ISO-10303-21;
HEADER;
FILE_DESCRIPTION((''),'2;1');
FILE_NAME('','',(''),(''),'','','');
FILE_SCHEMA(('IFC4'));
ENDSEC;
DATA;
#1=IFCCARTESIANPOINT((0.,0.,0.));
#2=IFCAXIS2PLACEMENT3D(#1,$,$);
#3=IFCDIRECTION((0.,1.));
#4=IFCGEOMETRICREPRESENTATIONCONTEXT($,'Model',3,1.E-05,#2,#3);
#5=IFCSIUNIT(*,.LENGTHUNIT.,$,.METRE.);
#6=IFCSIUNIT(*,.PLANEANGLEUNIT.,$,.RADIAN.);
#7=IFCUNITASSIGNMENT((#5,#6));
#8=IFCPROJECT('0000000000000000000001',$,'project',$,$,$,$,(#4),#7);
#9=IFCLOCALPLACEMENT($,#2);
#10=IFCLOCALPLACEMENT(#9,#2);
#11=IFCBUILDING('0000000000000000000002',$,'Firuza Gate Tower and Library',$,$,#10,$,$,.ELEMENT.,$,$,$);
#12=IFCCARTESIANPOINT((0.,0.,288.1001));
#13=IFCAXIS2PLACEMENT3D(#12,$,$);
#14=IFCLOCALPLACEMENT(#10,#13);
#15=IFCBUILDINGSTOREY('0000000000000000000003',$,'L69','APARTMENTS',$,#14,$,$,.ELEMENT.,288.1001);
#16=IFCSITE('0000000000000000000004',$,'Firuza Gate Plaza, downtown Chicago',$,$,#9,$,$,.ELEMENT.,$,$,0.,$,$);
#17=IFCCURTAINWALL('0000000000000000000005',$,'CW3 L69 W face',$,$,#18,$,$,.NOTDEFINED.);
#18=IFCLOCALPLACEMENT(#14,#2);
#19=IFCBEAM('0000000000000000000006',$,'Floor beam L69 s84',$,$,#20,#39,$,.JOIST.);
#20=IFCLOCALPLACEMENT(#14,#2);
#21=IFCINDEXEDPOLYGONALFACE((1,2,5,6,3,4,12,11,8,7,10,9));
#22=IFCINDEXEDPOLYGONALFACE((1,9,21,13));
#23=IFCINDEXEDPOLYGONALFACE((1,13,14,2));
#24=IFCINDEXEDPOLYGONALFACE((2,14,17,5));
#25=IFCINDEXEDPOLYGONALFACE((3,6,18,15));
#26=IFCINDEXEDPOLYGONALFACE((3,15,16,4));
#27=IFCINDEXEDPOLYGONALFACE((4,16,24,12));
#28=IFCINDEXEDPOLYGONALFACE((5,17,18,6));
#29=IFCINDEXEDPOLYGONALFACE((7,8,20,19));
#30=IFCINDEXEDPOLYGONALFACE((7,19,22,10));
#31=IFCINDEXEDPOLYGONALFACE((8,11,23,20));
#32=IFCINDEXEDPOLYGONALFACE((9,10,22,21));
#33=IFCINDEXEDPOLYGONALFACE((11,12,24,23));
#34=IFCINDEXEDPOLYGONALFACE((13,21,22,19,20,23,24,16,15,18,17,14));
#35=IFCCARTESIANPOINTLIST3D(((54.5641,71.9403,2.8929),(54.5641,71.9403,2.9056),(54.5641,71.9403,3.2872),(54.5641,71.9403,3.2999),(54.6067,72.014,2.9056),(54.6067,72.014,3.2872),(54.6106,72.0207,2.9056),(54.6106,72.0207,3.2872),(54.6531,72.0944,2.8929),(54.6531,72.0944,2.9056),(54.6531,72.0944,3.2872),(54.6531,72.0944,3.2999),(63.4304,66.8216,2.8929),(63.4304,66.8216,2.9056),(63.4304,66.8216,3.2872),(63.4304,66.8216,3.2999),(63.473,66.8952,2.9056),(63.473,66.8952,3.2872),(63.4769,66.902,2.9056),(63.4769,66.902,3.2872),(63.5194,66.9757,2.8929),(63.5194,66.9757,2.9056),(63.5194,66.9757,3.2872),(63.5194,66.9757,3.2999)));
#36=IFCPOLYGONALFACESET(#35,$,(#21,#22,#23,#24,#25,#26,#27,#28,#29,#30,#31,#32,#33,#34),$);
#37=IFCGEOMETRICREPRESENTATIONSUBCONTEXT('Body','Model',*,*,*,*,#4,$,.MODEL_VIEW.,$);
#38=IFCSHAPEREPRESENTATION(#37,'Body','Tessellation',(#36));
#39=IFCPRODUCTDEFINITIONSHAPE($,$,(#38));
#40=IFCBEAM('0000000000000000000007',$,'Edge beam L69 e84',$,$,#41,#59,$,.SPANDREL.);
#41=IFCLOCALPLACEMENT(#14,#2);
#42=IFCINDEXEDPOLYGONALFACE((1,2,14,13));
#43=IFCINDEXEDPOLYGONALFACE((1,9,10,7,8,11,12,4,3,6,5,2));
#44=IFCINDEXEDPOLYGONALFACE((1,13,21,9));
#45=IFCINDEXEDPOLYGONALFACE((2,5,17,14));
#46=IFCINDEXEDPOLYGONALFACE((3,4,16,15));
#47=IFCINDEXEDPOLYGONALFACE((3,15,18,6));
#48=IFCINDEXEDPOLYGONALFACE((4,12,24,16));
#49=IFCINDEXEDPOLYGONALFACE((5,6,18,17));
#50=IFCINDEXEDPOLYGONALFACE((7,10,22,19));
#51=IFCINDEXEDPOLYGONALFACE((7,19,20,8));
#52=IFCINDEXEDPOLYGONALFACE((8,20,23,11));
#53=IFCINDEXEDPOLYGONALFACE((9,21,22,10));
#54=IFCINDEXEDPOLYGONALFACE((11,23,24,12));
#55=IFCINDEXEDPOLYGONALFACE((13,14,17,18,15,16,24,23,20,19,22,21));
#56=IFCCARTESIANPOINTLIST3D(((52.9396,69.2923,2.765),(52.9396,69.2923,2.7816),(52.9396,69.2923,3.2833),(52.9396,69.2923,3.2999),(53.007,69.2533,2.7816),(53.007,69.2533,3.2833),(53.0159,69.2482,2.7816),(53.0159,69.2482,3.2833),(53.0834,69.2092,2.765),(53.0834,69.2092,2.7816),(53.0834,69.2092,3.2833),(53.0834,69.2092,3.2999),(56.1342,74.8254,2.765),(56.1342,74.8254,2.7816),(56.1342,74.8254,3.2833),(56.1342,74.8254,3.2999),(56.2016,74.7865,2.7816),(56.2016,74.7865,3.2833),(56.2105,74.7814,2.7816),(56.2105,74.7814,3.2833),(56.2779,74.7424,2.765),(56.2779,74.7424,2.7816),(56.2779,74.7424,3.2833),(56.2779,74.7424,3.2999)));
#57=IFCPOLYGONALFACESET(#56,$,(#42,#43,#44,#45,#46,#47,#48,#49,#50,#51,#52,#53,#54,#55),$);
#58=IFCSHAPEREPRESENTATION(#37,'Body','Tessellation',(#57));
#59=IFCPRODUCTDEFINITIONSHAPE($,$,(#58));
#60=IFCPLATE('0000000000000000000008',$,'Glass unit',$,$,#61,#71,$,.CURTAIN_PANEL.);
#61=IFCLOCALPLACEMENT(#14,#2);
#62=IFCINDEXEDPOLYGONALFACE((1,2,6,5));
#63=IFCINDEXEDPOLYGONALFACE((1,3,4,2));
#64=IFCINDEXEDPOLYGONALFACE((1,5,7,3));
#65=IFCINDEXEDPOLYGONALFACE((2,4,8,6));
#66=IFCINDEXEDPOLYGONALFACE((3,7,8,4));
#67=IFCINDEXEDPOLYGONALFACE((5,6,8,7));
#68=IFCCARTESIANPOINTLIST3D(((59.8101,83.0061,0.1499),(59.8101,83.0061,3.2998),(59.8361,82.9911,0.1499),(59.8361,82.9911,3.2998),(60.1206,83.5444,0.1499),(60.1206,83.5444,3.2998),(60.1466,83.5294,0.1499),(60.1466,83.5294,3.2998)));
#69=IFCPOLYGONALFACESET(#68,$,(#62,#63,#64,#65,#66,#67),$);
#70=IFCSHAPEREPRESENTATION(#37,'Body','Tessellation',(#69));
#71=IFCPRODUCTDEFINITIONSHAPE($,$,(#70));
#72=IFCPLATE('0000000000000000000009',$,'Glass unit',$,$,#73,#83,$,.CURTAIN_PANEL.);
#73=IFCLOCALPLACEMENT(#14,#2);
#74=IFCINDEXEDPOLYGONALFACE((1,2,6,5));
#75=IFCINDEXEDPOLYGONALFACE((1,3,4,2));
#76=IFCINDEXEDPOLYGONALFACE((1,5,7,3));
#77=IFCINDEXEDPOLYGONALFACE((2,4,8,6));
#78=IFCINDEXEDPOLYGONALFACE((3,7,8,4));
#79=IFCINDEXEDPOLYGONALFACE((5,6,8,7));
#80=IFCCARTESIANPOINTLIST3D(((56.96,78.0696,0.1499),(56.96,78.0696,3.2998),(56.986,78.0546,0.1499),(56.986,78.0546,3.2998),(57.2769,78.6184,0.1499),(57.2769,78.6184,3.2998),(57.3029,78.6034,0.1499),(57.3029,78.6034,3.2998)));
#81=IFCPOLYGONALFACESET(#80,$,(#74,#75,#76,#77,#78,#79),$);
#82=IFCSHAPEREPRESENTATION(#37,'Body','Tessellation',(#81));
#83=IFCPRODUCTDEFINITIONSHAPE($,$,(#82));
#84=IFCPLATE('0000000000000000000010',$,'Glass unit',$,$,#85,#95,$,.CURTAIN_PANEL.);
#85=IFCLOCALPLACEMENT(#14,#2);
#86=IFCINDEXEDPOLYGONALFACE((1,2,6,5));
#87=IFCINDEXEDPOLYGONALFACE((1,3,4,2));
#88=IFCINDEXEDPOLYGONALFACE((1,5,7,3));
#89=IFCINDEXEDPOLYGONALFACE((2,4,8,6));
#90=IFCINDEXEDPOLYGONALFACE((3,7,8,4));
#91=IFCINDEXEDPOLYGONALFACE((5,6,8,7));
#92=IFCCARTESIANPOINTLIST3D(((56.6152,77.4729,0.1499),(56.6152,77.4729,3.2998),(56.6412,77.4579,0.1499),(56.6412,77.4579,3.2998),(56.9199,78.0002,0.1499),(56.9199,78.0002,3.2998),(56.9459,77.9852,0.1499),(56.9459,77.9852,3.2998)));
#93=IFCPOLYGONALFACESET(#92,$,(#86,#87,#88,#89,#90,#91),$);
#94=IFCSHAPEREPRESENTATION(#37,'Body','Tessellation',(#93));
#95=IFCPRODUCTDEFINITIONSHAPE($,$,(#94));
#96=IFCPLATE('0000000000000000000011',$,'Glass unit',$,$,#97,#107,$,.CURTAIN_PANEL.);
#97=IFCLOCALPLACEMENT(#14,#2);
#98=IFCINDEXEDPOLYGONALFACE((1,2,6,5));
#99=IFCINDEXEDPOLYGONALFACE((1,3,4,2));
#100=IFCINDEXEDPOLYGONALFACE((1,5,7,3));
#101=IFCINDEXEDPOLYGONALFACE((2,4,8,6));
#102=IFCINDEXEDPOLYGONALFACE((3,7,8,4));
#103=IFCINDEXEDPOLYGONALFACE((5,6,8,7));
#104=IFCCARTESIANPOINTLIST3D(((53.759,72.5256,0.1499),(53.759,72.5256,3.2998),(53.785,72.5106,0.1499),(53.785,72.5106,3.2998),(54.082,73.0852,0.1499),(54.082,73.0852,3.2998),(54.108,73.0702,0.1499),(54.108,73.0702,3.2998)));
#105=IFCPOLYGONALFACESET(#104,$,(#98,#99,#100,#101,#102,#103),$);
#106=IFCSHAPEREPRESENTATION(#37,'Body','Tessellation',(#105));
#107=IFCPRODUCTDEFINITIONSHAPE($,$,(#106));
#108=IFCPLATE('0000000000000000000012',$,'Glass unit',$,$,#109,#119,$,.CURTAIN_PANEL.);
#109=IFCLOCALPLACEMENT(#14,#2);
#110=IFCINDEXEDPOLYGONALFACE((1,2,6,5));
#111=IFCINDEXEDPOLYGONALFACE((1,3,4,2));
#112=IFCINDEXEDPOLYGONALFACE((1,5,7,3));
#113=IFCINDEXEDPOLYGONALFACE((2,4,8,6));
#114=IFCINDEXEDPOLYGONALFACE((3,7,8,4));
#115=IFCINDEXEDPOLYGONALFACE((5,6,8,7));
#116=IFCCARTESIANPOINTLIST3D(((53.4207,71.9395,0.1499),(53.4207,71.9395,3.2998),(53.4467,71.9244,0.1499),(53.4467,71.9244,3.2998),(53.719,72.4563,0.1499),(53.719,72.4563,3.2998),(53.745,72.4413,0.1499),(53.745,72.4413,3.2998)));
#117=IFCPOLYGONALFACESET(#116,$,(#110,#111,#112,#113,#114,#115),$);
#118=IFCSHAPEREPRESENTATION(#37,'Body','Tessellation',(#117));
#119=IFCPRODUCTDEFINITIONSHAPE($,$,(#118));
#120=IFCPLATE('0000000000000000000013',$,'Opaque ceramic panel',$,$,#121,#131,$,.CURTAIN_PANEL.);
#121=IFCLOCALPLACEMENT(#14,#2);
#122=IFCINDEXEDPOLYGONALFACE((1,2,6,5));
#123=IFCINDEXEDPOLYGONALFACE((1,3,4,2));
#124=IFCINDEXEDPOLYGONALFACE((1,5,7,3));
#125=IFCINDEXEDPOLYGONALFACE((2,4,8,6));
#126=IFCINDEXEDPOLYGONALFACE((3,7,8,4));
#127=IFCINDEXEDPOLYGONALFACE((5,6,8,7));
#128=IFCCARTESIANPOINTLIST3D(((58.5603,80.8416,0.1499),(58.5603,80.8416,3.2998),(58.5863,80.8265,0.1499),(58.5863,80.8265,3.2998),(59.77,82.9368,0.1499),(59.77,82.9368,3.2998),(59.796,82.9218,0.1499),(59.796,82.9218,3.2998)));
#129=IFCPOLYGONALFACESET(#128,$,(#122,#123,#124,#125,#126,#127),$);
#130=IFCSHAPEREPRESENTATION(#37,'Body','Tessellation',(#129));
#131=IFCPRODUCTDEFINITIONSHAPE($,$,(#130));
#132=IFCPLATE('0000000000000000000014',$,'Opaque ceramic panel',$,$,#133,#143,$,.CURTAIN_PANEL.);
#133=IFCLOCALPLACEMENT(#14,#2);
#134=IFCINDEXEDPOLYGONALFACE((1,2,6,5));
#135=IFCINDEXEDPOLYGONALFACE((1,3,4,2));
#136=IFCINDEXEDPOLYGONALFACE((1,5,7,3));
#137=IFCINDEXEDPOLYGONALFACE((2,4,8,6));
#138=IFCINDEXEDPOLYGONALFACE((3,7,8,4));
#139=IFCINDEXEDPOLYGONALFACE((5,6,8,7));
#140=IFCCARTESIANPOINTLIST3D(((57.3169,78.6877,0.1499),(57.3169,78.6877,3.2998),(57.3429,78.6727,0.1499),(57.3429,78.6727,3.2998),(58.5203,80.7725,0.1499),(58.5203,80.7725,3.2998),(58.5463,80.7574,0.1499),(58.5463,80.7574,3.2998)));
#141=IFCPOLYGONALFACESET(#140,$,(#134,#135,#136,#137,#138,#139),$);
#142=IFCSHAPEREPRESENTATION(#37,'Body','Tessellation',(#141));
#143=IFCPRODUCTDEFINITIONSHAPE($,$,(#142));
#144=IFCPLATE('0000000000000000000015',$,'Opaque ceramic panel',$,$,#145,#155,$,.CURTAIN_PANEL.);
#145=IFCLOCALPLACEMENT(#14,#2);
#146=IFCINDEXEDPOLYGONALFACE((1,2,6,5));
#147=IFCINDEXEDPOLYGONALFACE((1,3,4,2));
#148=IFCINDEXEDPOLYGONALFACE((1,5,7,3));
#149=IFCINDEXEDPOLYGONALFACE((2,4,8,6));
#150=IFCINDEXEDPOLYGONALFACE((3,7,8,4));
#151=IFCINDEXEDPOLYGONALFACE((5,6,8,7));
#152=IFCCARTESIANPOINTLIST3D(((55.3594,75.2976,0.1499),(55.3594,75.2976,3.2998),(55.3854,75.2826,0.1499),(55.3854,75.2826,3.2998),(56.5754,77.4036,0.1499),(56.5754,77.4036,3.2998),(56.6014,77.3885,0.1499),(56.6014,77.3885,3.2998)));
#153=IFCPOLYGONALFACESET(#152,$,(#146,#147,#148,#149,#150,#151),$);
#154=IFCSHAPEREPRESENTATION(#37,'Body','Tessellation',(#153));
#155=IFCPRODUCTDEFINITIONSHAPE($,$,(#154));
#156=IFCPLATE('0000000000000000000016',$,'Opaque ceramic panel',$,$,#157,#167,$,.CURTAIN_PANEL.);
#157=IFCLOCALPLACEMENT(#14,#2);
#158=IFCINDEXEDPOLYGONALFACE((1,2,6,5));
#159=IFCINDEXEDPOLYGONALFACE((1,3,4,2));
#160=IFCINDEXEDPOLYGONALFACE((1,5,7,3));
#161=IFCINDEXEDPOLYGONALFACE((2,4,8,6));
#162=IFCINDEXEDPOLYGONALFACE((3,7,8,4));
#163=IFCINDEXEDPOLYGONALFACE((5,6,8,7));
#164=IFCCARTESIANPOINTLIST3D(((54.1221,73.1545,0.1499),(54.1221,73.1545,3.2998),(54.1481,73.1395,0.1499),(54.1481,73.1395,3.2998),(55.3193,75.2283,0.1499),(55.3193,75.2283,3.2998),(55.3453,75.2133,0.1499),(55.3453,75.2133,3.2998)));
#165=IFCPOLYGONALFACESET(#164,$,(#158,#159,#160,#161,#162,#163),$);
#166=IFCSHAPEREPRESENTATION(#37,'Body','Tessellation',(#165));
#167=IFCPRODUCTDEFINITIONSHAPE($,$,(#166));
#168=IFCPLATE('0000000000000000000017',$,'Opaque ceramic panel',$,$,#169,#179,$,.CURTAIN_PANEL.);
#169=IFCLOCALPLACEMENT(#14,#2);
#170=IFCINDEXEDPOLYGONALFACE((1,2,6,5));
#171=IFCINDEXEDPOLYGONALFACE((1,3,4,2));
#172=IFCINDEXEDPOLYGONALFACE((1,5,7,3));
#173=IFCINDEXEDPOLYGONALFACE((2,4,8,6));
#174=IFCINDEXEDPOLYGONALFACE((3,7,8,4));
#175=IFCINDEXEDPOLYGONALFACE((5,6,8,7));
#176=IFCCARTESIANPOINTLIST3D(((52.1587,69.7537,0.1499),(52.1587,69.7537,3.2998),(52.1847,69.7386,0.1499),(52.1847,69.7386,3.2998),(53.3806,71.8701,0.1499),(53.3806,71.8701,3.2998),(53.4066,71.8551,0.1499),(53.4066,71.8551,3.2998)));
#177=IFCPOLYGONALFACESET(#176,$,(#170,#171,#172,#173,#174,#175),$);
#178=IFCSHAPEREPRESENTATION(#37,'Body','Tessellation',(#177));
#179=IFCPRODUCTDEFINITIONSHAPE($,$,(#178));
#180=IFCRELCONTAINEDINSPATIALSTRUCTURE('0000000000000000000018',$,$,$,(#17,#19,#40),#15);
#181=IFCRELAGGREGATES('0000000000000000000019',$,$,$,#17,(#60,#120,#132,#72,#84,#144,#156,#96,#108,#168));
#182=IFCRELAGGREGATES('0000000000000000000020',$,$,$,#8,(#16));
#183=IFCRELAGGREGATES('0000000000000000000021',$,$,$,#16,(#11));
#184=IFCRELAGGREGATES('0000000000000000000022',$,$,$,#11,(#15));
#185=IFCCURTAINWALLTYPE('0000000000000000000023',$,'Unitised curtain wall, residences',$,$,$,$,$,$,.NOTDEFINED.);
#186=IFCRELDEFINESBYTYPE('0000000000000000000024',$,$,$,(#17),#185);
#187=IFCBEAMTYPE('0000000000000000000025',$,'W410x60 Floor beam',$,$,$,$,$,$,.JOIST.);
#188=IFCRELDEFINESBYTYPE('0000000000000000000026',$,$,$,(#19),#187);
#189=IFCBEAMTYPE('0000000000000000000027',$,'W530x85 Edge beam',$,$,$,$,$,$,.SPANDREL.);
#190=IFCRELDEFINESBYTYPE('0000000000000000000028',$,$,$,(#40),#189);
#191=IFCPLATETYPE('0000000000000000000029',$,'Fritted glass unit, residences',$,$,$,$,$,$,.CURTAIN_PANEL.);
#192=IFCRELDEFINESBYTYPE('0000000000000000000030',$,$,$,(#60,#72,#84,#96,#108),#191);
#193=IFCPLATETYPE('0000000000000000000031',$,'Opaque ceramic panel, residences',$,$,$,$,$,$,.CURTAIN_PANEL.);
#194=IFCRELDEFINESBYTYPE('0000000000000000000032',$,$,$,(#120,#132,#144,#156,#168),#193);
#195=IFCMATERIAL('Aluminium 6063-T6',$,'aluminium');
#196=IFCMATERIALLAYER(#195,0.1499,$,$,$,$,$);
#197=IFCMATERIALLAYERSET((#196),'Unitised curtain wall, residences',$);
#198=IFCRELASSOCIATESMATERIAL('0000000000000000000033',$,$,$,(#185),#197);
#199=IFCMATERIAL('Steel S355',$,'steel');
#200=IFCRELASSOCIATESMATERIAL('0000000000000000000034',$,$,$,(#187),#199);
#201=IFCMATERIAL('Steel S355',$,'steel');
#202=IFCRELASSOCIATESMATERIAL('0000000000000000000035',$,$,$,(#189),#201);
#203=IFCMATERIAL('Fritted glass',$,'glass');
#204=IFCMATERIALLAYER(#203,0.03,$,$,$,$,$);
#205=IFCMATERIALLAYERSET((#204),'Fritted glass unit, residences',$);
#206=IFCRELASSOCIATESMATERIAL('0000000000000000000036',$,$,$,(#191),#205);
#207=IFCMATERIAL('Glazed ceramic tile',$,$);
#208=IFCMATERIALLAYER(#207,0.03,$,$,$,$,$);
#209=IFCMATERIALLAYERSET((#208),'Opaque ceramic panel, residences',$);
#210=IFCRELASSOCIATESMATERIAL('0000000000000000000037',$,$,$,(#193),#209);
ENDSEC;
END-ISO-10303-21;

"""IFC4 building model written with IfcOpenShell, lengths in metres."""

from ifc_helpers import new_model, si_unit, direction, frame, origin, origin_2d, place, context, subcontext, project, spatial, polyline, i_section, outline, extrude, material, layer, layer_set, material_profile, profile_set, type_object, element, aggregate, save


model = new_model("IFC4")

# Units and contexts
model_context = context("Model", 3, precision=1e-05, world=origin(), true_north=direction((0.0, 1.0)))
body_context = subcontext(model_context, "Body", "Model", "MODEL_VIEW")
ifc_project = project(units=[si_unit("LENGTHUNIT", "METRE"), si_unit("PLANEANGLEUNIT", "RADIAN")], contexts=[model_context])

# Site, building, storey
site_placement = place(None, origin())
site = spatial("IfcSite", under=ifc_project, at=site_placement, Name="Firuza Gate Plaza, downtown Chicago", CompositionType="ELEMENT", RefElevation=0.0)
building_placement = place(site_placement, origin())
building = spatial("IfcBuilding", under=site, at=building_placement, Name="Firuza Gate Tower and Library", CompositionType="ELEMENT")
storey_placement = place(building_placement, frame((0.0, 0.0, 288.1001)))
storey = spatial("IfcBuildingStorey", under=building, at=storey_placement, Name="L69", Description="APARTMENTS", CompositionType="ELEMENT", Elevation=288.1001)

# Curtain wall
ifc_material_1 = material(Name="Aluminium 6063-T6", Category="aluminium")
ifc_layer_1 = layer(ifc_material_1, 0.1499)
ifc_layer_set_1 = layer_set([ifc_layer_1], Name="Unitised curtain wall, residences")
curtain_wall_type = type_object("IfcCurtainWallType", Name="Unitised curtain wall, residences", PredefinedType="NOTDEFINED", material=ifc_layer_set_1)
curtain_wall_placement = place(storey_placement, origin())
curtain_wall = element("IfcCurtainWall", 1, at=curtain_wall_placement, inside=storey, type_object=curtain_wall_type, Name="CW3 L69 W face", PredefinedType="NOTDEFINED")

# Beams
ifc_material_2 = material(Name="Steel S355", Category="steel")
ifc_material_profile_1 = material_profile(ifc_material_2, i_section(OverallWidth=0.178, OverallDepth=0.407, WebThickness=0.0078, FlangeThickness=0.0127, at=origin_2d()))
ifc_profile_set_1 = profile_set([ifc_material_profile_1], Name="Steel S355")
beam_type_1 = type_object("IfcBeamType", Name="W410x60 Floor beam", PredefinedType="JOIST", material=ifc_profile_set_1)
beam_1_placement = place(storey_placement, frame((54.6086, 72.0173, 3.0964), z_axis=(0.866036, -0.499981, 0.0), x_axis=(0.499981, 0.866036, 0.0)))
element("IfcBeam", 2, at=beam_1_placement, inside=storey, type_object=beam_type_1, Name="Floor beam L69 s84", PredefinedType="JOIST", context=body_context, shape_type="SweptSolid", body=[
    extrude(i_section(OverallWidth=0.178, OverallDepth=0.407, WebThickness=0.0078, FlangeThickness=0.0127, at=origin_2d()), origin(), (0.0, 0.0, 1.0), 10.2378),
])
ifc_material_3 = material(Name="Steel S355", Category="steel")
ifc_material_profile_2 = material_profile(ifc_material_3, i_section(OverallWidth=0.166, OverallDepth=0.5349, WebThickness=0.0103, FlangeThickness=0.0166, at=origin_2d()))
ifc_profile_set_2 = profile_set([ifc_material_profile_2], Name="Steel S355")
beam_type_2 = type_object("IfcBeamType", Name="W530x85 Edge beam", PredefinedType="SPANDREL", material=ifc_profile_set_2)
beam_2_placement = place(storey_placement, frame((56.2061, 74.7839, 3.0325), z_axis=(-0.499998, -0.866027, 0.0), x_axis=(0.866027, -0.499998, 0.0)))
element("IfcBeam", 3, at=beam_2_placement, inside=storey, type_object=beam_type_2, Name="Edge beam L69 e84", PredefinedType="SPANDREL", context=body_context, shape_type="SweptSolid", body=[
    extrude(i_section(OverallWidth=0.166, OverallDepth=0.5349, WebThickness=0.0103, FlangeThickness=0.0166, at=origin_2d()), origin(), (0.0, 0.0, 1.0), 6.3892),
])

# Plates
ifc_material_4 = material(Name="Fritted glass", Category="glass")
ifc_layer_2 = layer(ifc_material_4, 0.03)
ifc_layer_set_2 = layer_set([ifc_layer_2], Name="Fritted glass unit, residences")
plate_type_1 = type_object("IfcPlateType", Name="Fritted glass unit, residences", PredefinedType="CURTAIN_PANEL", material=ifc_layer_set_2)
plate_1_placement = place(storey_placement, frame((60.1206, 83.5444, 0.1499), z_axis=(-0.866205, 0.499688, 0.0), x_axis=(-0.499688, -0.866205, 0.0)))
plate_1 = element("IfcPlate", 4, at=plate_1_placement, type_object=plate_type_1, Name="Glass unit", PredefinedType="CURTAIN_PANEL", context=body_context, shape_type="SweptSolid", body=[
    extrude(outline(polyline([(0.0, 0.0), (0.6215, 0.0), (0.6215, 3.1499), (0.0, 3.1499), (0.0, 0.0)])), origin(), (0.0, 0.0, -1.0), 0.03),
])
plate_2_placement = place(storey_placement, frame((57.2769, 78.6184, 0.1499), z_axis=(-0.866006, 0.500034, 0.0), x_axis=(-0.500034, -0.866006, 0.0)))
plate_2 = element("IfcPlate", 5, at=plate_2_placement, type_object=plate_type_1, Name="Glass unit", PredefinedType="CURTAIN_PANEL", context=body_context, shape_type="SweptSolid", body=[
    extrude(outline(polyline([(0.0, 0.0), (0.6337, 0.0), (0.6337, 3.1499), (0.0, 3.1499), (0.0, 0.0)])), origin(), (0.0, 0.0, -1.0), 0.03),
])
plate_3_placement = place(storey_placement, frame((56.9199, 78.0002, 0.1499), z_axis=(-0.865865, 0.500278, 0.0), x_axis=(-0.500278, -0.865865, 0.0)))
plate_3 = element("IfcPlate", 6, at=plate_3_placement, type_object=plate_type_1, Name="Glass unit", PredefinedType="CURTAIN_PANEL", context=body_context, shape_type="SweptSolid", body=[
    extrude(outline(polyline([(0.0, 0.0), (0.609, 0.0), (0.609, 3.1499), (0.0, 3.1499), (0.0, 0.0)])), origin(), (0.0, 0.0, -1.0), 0.03),
])
plate_4_placement = place(storey_placement, frame((54.082, 73.0852, 0.1499), z_axis=(-0.866072, 0.499919, 0.0), x_axis=(-0.499919, -0.866072, 0.0)))
plate_4 = element("IfcPlate", 7, at=plate_4_placement, type_object=plate_type_1, Name="Glass unit", PredefinedType="CURTAIN_PANEL", context=body_context, shape_type="SweptSolid", body=[
    extrude(outline(polyline([(0.0, 0.0), (0.6461, 0.0), (0.6461, 3.1499), (0.0, 3.1499), (0.0, 0.0)])), origin(), (0.0, 0.0, -1.0), 0.03),
])
plate_5_placement = place(storey_placement, frame((53.719, 72.4563, 0.1499), z_axis=(-0.86607, 0.499923, 0.0), x_axis=(-0.499923, -0.86607, 0.0)))
plate_5 = element("IfcPlate", 8, at=plate_5_placement, type_object=plate_type_1, Name="Glass unit", PredefinedType="CURTAIN_PANEL", context=body_context, shape_type="SweptSolid", body=[
    extrude(outline(polyline([(0.0, 0.0), (0.5968, 0.0), (0.5968, 3.1499), (0.0, 3.1499), (0.0, 0.0)])), origin(), (0.0, 0.0, -1.0), 0.03),
])
ifc_material_5 = material(Name="Glazed ceramic tile")
ifc_layer_3 = layer(ifc_material_5, 0.03)
ifc_layer_set_3 = layer_set([ifc_layer_3], Name="Opaque ceramic panel, residences")
plate_type_2 = type_object("IfcPlateType", Name="Opaque ceramic panel, residences", PredefinedType="CURTAIN_PANEL", material=ifc_layer_set_3)
plate_6_placement = place(storey_placement, frame((59.77, 82.9368, 0.1499), z_axis=(-0.866018, 0.500014, 0.0), x_axis=(-0.500014, -0.866018, 0.0)))
plate_6 = element("IfcPlate", 9, at=plate_6_placement, type_object=plate_type_2, Name="Opaque ceramic panel", PredefinedType="CURTAIN_PANEL", context=body_context, shape_type="SweptSolid", body=[
    extrude(outline(polyline([(0.0, 0.0), (2.4194, 0.0), (2.4194, 3.1499), (0.0, 3.1499), (0.0, 0.0)])), origin(), (0.0, 0.0, -1.0), 0.03),
])
plate_7_placement = place(storey_placement, frame((58.5203, 80.7725, 0.1499), z_axis=(-0.866069, 0.499924, 0.0), x_axis=(-0.499924, -0.866069, 0.0)))
plate_7 = element("IfcPlate", 10, at=plate_7_placement, type_object=plate_type_2, Name="Opaque ceramic panel", PredefinedType="CURTAIN_PANEL", context=body_context, shape_type="SweptSolid", body=[
    extrude(outline(polyline([(0.0, 0.0), (2.4071, 0.0), (2.4071, 3.1499), (0.0, 3.1499), (0.0, 0.0)])), origin(), (0.0, 0.0, -1.0), 0.03),
])
plate_8_placement = place(storey_placement, frame((56.5754, 77.4036, 0.1499), z_axis=(-0.865992, 0.500058, 0.0), x_axis=(-0.500058, -0.865992, 0.0)))
plate_8 = element("IfcPlate", 11, at=plate_8_placement, type_object=plate_type_2, Name="Opaque ceramic panel", PredefinedType="CURTAIN_PANEL", context=body_context, shape_type="SweptSolid", body=[
    extrude(outline(polyline([(0.0, 0.0), (2.4318, 0.0), (2.4318, 3.1499), (0.0, 3.1499), (0.0, 0.0)])), origin(), (0.0, 0.0, -1.0), 0.03),
])
plate_9_placement = place(storey_placement, frame((55.3193, 75.2283, 0.1499), z_axis=(-0.866026, 0.499999, 0.0), x_axis=(-0.499999, -0.866026, 0.0)))
plate_9 = element("IfcPlate", 12, at=plate_9_placement, type_object=plate_type_2, Name="Opaque ceramic panel", PredefinedType="CURTAIN_PANEL", context=body_context, shape_type="SweptSolid", body=[
    extrude(outline(polyline([(0.0, 0.0), (2.3945, 0.0), (2.3945, 3.1499), (0.0, 3.1499), (0.0, 0.0)])), origin(), (0.0, 0.0, -1.0), 0.03),
])
plate_10_placement = place(storey_placement, frame((53.3806, 71.8701, 0.1499), z_axis=(-0.866028, 0.499996, 0.0), x_axis=(-0.499996, -0.866028, 0.0)))
plate_10 = element("IfcPlate", 13, at=plate_10_placement, type_object=plate_type_2, Name="Opaque ceramic panel", PredefinedType="CURTAIN_PANEL", context=body_context, shape_type="SweptSolid", body=[
    extrude(outline(polyline([(0.0, 0.0), (2.4439, 0.0), (2.4439, 3.1499), (0.0, 3.1499), (0.0, 0.0)])), origin(), (0.0, 0.0, -1.0), 0.03),
])
aggregate(curtain_wall, [plate_1, plate_6, plate_7, plate_2, plate_3, plate_8, plate_9, plate_4, plate_5, plate_10])

save(model, "model.ifc")
